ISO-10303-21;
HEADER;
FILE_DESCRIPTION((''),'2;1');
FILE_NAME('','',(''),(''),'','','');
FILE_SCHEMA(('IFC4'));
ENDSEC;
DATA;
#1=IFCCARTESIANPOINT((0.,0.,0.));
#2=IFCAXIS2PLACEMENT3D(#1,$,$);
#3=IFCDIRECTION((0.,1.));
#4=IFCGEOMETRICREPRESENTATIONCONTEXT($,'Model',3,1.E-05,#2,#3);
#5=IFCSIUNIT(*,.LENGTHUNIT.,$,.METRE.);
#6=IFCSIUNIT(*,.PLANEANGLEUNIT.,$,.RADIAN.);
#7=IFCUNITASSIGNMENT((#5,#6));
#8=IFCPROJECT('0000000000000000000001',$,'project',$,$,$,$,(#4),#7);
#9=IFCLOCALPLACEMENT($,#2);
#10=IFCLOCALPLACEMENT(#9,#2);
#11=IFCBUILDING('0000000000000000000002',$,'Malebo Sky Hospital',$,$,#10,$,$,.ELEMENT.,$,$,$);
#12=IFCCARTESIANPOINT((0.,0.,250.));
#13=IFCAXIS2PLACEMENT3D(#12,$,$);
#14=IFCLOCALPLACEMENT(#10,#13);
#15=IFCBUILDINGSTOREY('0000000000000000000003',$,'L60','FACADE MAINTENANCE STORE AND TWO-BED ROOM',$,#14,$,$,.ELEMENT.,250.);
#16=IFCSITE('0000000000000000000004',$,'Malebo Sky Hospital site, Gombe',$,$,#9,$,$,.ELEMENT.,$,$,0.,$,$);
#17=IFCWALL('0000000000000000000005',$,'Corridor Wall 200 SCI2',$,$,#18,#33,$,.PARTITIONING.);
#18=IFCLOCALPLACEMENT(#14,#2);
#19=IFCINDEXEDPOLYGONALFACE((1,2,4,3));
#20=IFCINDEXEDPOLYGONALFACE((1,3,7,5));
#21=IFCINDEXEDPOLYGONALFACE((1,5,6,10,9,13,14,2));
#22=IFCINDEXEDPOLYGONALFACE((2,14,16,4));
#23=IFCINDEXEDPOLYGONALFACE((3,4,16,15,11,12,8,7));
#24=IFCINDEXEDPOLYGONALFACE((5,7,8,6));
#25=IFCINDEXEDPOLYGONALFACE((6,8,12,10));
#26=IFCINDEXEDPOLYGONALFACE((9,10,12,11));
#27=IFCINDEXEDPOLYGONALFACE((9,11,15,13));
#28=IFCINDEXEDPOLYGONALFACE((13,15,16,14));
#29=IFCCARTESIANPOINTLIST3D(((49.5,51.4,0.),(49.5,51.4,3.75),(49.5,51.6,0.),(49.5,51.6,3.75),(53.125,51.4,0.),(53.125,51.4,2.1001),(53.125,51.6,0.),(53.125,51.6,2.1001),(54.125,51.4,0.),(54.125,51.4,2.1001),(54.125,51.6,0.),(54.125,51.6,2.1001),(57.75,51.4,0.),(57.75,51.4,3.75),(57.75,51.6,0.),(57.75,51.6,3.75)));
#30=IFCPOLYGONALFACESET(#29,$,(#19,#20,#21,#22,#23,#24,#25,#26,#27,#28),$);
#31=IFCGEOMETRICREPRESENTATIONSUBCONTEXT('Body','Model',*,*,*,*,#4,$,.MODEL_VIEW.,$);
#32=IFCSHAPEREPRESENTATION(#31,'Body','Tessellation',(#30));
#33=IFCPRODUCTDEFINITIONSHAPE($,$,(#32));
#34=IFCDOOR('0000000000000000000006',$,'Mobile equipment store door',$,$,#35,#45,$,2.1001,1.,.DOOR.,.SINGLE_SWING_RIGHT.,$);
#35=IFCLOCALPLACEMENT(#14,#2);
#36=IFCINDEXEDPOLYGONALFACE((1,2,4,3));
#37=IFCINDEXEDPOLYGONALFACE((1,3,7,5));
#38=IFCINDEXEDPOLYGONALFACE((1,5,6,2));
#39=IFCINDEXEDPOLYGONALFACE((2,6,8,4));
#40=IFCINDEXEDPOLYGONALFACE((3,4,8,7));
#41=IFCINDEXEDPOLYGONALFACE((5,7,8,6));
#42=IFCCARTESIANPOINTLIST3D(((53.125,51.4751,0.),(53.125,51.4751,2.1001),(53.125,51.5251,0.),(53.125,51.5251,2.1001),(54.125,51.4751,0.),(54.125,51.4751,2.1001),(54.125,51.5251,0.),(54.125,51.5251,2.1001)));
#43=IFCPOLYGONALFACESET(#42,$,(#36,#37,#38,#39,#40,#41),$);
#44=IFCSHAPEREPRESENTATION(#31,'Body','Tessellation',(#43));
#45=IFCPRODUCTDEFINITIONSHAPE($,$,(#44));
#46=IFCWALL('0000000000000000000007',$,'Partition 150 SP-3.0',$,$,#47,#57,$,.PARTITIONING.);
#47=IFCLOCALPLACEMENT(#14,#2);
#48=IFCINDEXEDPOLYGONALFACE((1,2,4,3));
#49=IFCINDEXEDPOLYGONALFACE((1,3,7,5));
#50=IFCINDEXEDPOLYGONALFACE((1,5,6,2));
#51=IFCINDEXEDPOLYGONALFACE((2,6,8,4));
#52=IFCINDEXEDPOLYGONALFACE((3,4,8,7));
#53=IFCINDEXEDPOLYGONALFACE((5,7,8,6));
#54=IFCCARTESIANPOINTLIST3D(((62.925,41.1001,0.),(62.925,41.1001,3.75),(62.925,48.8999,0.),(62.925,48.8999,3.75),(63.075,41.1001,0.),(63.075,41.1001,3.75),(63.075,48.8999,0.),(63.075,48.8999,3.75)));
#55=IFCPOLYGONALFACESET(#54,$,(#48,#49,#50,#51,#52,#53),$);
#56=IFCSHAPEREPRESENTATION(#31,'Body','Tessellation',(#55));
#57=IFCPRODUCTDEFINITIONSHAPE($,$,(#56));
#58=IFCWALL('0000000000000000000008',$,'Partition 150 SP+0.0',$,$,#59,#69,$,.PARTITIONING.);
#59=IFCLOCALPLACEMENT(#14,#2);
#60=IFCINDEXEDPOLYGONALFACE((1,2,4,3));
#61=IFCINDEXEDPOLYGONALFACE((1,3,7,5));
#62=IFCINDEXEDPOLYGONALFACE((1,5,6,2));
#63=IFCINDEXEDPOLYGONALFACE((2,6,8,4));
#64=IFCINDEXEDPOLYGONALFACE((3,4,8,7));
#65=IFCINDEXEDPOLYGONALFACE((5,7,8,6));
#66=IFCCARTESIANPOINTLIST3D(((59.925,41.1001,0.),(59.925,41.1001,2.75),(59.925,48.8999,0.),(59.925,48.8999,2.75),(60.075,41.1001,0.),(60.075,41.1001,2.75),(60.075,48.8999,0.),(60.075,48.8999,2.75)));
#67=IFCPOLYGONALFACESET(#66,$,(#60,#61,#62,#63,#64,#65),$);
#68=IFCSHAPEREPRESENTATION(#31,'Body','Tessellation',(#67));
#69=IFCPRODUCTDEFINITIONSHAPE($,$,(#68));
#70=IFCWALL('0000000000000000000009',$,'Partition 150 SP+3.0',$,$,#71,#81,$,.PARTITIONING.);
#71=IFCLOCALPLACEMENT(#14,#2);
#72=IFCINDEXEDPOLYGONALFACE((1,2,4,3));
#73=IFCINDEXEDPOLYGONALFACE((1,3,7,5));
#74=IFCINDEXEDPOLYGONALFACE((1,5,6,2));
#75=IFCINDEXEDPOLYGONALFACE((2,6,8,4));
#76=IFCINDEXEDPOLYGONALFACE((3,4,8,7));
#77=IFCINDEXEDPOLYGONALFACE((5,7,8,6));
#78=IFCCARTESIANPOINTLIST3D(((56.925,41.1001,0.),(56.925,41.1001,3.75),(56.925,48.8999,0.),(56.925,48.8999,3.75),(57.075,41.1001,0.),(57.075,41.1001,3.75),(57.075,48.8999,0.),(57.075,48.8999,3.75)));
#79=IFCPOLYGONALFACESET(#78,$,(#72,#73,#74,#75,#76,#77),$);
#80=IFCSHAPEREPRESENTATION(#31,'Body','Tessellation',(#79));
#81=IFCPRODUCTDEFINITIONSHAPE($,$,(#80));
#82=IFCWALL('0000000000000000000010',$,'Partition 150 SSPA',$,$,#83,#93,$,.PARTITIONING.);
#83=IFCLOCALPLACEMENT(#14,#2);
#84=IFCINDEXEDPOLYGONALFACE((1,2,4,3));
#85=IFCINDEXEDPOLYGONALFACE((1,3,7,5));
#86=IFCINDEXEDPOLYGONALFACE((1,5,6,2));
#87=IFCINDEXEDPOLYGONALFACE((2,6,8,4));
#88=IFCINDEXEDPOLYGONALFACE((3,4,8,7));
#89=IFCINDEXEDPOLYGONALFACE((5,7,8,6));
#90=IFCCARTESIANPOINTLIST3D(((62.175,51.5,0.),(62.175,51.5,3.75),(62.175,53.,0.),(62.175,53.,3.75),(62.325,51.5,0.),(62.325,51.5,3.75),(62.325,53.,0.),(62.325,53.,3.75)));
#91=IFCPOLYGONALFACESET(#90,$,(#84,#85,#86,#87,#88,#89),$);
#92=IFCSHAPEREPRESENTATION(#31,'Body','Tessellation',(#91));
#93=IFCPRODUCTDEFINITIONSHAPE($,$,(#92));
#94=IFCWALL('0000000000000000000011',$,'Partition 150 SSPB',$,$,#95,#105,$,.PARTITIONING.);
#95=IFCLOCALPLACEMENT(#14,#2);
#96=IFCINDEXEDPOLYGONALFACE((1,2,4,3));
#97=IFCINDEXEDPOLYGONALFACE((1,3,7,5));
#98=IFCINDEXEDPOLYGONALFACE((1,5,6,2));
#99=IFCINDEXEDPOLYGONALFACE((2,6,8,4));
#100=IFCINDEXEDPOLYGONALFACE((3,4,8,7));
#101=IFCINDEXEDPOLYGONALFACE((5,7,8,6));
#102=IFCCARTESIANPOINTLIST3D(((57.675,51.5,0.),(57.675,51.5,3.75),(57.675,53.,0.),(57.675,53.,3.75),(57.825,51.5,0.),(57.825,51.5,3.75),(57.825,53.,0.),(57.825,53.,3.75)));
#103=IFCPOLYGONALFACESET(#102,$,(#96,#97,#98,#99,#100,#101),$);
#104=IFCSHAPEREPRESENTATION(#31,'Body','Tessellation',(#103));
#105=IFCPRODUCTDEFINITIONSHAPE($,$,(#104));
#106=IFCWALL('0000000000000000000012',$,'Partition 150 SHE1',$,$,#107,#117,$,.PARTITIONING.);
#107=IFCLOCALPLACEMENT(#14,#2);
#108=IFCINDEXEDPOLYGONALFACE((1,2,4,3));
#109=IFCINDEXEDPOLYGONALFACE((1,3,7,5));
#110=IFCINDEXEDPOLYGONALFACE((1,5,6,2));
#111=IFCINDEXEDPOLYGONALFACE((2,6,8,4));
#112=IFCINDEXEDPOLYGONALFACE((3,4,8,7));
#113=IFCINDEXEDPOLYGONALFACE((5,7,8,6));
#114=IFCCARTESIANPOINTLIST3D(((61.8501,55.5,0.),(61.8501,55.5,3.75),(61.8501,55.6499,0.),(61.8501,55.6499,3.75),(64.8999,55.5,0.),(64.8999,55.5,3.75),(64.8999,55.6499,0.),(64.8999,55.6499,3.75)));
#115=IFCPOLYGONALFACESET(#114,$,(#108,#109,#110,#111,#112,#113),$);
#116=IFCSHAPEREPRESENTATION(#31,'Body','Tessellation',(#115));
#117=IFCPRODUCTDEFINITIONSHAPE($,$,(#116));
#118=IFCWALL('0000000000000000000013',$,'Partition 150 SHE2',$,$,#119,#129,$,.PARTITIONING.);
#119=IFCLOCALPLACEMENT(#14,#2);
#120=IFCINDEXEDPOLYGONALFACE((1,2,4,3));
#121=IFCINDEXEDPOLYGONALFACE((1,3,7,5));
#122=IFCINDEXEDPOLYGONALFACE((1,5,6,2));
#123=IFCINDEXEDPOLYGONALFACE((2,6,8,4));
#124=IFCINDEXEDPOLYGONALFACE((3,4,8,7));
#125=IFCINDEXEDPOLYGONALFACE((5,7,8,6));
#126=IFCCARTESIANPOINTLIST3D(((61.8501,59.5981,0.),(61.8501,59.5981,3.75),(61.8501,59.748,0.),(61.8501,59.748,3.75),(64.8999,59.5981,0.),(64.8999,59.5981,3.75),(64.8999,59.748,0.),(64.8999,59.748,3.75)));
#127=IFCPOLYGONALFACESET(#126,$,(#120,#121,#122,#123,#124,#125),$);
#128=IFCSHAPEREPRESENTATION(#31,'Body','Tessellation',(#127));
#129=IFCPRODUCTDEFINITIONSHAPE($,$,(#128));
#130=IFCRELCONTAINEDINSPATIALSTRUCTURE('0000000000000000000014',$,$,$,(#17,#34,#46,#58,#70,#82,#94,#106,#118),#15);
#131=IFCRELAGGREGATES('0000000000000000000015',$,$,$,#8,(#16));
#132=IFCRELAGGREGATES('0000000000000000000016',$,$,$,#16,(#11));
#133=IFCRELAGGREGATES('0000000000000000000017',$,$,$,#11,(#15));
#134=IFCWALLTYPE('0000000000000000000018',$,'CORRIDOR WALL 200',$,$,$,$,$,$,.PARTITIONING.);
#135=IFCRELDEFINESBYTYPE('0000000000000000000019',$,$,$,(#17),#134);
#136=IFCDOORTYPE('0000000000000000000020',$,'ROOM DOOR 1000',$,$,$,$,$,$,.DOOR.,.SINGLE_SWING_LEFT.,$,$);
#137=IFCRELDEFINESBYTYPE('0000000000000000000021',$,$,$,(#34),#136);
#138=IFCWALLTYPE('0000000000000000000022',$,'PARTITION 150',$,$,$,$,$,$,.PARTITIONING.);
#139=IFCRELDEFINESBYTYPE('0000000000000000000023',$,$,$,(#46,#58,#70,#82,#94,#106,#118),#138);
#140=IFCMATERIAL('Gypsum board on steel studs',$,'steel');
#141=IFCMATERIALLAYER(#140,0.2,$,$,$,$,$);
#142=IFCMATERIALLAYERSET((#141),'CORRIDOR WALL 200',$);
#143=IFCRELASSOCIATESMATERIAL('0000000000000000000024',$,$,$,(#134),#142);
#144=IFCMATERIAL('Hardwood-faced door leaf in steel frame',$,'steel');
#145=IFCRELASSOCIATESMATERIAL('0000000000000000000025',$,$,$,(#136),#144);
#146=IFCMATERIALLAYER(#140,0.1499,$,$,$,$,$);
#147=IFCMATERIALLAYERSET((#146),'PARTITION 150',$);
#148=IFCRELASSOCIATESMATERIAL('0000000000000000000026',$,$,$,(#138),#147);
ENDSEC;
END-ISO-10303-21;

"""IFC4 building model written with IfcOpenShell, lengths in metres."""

from ifc_helpers import new_model, si_unit, direction, frame, frame_2d, origin, place, context, subcontext, project, spatial, rectangle, extrude, material, layer, layer_set, type_object, element, fill, save


model = new_model("IFC4")

# Units and contexts
model_context = context("Model", 3, precision=1e-05, world=origin(), true_north=direction((0.0, 1.0)))
body_context = subcontext(model_context, "Body", "Model", "MODEL_VIEW")
ifc_project = project(units=[si_unit("LENGTHUNIT", "METRE"), si_unit("PLANEANGLEUNIT", "RADIAN")], contexts=[model_context])

# Site, building, storey
site_placement = place(None, origin())
site = spatial("IfcSite", under=ifc_project, at=site_placement, Name="Malebo Sky Hospital site, Gombe", CompositionType="ELEMENT", RefElevation=0.0)
building_placement = place(site_placement, origin())
building = spatial("IfcBuilding", under=site, at=building_placement, Name="Malebo Sky Hospital", CompositionType="ELEMENT")
storey_placement = place(building_placement, frame((0.0, 0.0, 250.0)))
storey = spatial("IfcBuildingStorey", under=building, at=storey_placement, Name="L60", Description="FACADE MAINTENANCE STORE AND TWO-BED ROOM", CompositionType="ELEMENT", Elevation=250.0)

# Shared definitions
ifc_material_1 = material(Name="Hardwood-faced door leaf in steel frame", Category="steel")

# Wall, opening, door
ifc_material_2 = material(Name="Gypsum board on steel studs", Category="steel")
ifc_layer_1 = layer(ifc_material_2, 0.2)
ifc_layer_set_1 = layer_set([ifc_layer_1], Name="CORRIDOR WALL 200")
wall_type_1 = type_object("IfcWallType", Name="CORRIDOR WALL 200", PredefinedType="PARTITIONING", material=ifc_layer_set_1)
wall_1_placement = place(storey_placement, frame((57.75, 51.5, 0.0), z_axis=(0.0, 0.0, 1.0), x_axis=(-1.0, 0.0, 0.0)))
wall_1 = element("IfcWall", 1, at=wall_1_placement, inside=storey, type_object=wall_type_1, Name="Corridor Wall 200 SCI2", PredefinedType="PARTITIONING", context=body_context, shape_type="SweptSolid", body=[
    extrude(rectangle(XDim=8.25, YDim=0.2, at=frame_2d((4.125, 0.0))), origin(), (0.0, 0.0, 1.0), 3.75),
])
opening_1_placement = place(wall_1_placement, frame((3.625, 0.0, 0.0)))
opening_1 = element("IfcOpeningElement", 2, at=opening_1_placement, cuts=wall_1, PredefinedType="OPENING", context=body_context, shape_type="SweptSolid", body=[
    extrude(rectangle(XDim=1.0, YDim=2.1001, at=frame_2d((0.5, 1.05))), frame((0.0, 0.1099, 0.0), z_axis=(0.0, -1.0, 0.0), x_axis=(1.0, 0.0, 0.0)), (0.0, 0.0, 1.0), 0.22),
])
door_type_1 = type_object("IfcDoorType", Name="ROOM DOOR 1000", OperationType="SINGLE_SWING_LEFT", PredefinedType="DOOR", material=ifc_material_1)
door_1_placement = place(opening_1_placement, origin())
door_1 = element("IfcDoor", 3, at=door_1_placement, inside=storey, type_object=door_type_1, Name="Mobile equipment store door", OperationType="SINGLE_SWING_RIGHT", OverallHeight=2.1001, OverallWidth=1.0, PredefinedType="DOOR", context=body_context, shape_type="SweptSolid", body=[
    extrude(rectangle(XDim=1.0, YDim=2.1001, at=frame_2d((0.5, 1.05))), frame((0.0, 0.0249, 0.0), z_axis=(0.0, -1.0, 0.0), x_axis=(1.0, 0.0, 0.0)), (0.0, 0.0, 1.0), 0.05),
])
fill(opening_1, door_1)

# Walls
ifc_layer_2 = layer(ifc_material_2, 0.1499)
ifc_layer_set_2 = layer_set([ifc_layer_2], Name="PARTITION 150")
wall_type_2 = type_object("IfcWallType", Name="PARTITION 150", PredefinedType="PARTITIONING", material=ifc_layer_set_2)
wall_2_placement = place(storey_placement, frame((63.0, 48.8999, 0.0), z_axis=(0.0, 0.0, 1.0), x_axis=(0.0, -1.0, 0.0)))
element("IfcWall", 4, at=wall_2_placement, inside=storey, type_object=wall_type_2, Name="Partition 150 SP-3.0", PredefinedType="PARTITIONING", context=body_context, shape_type="SweptSolid", body=[
    extrude(rectangle(XDim=7.7998, YDim=0.1499, at=frame_2d((3.8999, 0.0))), origin(), (0.0, 0.0, 1.0), 3.75),
])
wall_3_placement = place(storey_placement, frame((60.0, 48.8999, 0.0), z_axis=(0.0, 0.0, 1.0), x_axis=(0.0, -1.0, 0.0)))
element("IfcWall", 5, at=wall_3_placement, inside=storey, type_object=wall_type_2, Name="Partition 150 SP+0.0", PredefinedType="PARTITIONING", context=body_context, shape_type="SweptSolid", body=[
    extrude(rectangle(XDim=7.7998, YDim=0.1499, at=frame_2d((3.8999, 0.0))), origin(), (0.0, 0.0, 1.0), 2.75),
])
wall_4_placement = place(storey_placement, frame((57.0, 48.8999, 0.0), z_axis=(0.0, 0.0, 1.0), x_axis=(0.0, -1.0, 0.0)))
element("IfcWall", 6, at=wall_4_placement, inside=storey, type_object=wall_type_2, Name="Partition 150 SP+3.0", PredefinedType="PARTITIONING", context=body_context, shape_type="SweptSolid", body=[
    extrude(rectangle(XDim=7.7998, YDim=0.1499, at=frame_2d((3.8999, 0.0))), origin(), (0.0, 0.0, 1.0), 3.75),
])
for number, where, z_axis, x_axis, name in (
    (7, (62.25, 53.0, 0.0), (0.0, 0.0, 1.0), (0.0, -1.0, 0.0), "Partition 150 SSPA"),
    (8, (57.75, 53.0, 0.0), (0.0, 0.0, 1.0), (0.0, -1.0, 0.0), "Partition 150 SSPB"),
):
    element("IfcWall", number, at=place(storey_placement, frame(where, z_axis=z_axis, x_axis=x_axis)), inside=storey, type_object=wall_type_2, Name=name, PredefinedType="PARTITIONING", context=body_context, shape_type="SweptSolid", body=[
        extrude(rectangle(XDim=1.5, YDim=0.1499, at=frame_2d((0.75, 0.0))), origin(), (0.0, 0.0, 1.0), 3.75),
    ])
for number, where, z_axis, x_axis, name in (
    (9, (61.8501, 55.575, 0.0), (0.0, 0.0, 1.0), (1.0, 0.0, 0.0), "Partition 150 SHE1"),
    (10, (61.8501, 59.6731, 0.0), (0.0, 0.0, 1.0), (1.0, 0.0, 0.0), "Partition 150 SHE2"),
):
    element("IfcWall", number, at=place(storey_placement, frame(where, z_axis=z_axis, x_axis=x_axis)), inside=storey, type_object=wall_type_2, Name=name, PredefinedType="PARTITIONING", context=body_context, shape_type="SweptSolid", body=[
        extrude(rectangle(XDim=3.0498, YDim=0.1499, at=frame_2d((1.5249, 0.0))), origin(), (0.0, 0.0, 1.0), 3.75),
    ])

save(model, "model.ifc")
